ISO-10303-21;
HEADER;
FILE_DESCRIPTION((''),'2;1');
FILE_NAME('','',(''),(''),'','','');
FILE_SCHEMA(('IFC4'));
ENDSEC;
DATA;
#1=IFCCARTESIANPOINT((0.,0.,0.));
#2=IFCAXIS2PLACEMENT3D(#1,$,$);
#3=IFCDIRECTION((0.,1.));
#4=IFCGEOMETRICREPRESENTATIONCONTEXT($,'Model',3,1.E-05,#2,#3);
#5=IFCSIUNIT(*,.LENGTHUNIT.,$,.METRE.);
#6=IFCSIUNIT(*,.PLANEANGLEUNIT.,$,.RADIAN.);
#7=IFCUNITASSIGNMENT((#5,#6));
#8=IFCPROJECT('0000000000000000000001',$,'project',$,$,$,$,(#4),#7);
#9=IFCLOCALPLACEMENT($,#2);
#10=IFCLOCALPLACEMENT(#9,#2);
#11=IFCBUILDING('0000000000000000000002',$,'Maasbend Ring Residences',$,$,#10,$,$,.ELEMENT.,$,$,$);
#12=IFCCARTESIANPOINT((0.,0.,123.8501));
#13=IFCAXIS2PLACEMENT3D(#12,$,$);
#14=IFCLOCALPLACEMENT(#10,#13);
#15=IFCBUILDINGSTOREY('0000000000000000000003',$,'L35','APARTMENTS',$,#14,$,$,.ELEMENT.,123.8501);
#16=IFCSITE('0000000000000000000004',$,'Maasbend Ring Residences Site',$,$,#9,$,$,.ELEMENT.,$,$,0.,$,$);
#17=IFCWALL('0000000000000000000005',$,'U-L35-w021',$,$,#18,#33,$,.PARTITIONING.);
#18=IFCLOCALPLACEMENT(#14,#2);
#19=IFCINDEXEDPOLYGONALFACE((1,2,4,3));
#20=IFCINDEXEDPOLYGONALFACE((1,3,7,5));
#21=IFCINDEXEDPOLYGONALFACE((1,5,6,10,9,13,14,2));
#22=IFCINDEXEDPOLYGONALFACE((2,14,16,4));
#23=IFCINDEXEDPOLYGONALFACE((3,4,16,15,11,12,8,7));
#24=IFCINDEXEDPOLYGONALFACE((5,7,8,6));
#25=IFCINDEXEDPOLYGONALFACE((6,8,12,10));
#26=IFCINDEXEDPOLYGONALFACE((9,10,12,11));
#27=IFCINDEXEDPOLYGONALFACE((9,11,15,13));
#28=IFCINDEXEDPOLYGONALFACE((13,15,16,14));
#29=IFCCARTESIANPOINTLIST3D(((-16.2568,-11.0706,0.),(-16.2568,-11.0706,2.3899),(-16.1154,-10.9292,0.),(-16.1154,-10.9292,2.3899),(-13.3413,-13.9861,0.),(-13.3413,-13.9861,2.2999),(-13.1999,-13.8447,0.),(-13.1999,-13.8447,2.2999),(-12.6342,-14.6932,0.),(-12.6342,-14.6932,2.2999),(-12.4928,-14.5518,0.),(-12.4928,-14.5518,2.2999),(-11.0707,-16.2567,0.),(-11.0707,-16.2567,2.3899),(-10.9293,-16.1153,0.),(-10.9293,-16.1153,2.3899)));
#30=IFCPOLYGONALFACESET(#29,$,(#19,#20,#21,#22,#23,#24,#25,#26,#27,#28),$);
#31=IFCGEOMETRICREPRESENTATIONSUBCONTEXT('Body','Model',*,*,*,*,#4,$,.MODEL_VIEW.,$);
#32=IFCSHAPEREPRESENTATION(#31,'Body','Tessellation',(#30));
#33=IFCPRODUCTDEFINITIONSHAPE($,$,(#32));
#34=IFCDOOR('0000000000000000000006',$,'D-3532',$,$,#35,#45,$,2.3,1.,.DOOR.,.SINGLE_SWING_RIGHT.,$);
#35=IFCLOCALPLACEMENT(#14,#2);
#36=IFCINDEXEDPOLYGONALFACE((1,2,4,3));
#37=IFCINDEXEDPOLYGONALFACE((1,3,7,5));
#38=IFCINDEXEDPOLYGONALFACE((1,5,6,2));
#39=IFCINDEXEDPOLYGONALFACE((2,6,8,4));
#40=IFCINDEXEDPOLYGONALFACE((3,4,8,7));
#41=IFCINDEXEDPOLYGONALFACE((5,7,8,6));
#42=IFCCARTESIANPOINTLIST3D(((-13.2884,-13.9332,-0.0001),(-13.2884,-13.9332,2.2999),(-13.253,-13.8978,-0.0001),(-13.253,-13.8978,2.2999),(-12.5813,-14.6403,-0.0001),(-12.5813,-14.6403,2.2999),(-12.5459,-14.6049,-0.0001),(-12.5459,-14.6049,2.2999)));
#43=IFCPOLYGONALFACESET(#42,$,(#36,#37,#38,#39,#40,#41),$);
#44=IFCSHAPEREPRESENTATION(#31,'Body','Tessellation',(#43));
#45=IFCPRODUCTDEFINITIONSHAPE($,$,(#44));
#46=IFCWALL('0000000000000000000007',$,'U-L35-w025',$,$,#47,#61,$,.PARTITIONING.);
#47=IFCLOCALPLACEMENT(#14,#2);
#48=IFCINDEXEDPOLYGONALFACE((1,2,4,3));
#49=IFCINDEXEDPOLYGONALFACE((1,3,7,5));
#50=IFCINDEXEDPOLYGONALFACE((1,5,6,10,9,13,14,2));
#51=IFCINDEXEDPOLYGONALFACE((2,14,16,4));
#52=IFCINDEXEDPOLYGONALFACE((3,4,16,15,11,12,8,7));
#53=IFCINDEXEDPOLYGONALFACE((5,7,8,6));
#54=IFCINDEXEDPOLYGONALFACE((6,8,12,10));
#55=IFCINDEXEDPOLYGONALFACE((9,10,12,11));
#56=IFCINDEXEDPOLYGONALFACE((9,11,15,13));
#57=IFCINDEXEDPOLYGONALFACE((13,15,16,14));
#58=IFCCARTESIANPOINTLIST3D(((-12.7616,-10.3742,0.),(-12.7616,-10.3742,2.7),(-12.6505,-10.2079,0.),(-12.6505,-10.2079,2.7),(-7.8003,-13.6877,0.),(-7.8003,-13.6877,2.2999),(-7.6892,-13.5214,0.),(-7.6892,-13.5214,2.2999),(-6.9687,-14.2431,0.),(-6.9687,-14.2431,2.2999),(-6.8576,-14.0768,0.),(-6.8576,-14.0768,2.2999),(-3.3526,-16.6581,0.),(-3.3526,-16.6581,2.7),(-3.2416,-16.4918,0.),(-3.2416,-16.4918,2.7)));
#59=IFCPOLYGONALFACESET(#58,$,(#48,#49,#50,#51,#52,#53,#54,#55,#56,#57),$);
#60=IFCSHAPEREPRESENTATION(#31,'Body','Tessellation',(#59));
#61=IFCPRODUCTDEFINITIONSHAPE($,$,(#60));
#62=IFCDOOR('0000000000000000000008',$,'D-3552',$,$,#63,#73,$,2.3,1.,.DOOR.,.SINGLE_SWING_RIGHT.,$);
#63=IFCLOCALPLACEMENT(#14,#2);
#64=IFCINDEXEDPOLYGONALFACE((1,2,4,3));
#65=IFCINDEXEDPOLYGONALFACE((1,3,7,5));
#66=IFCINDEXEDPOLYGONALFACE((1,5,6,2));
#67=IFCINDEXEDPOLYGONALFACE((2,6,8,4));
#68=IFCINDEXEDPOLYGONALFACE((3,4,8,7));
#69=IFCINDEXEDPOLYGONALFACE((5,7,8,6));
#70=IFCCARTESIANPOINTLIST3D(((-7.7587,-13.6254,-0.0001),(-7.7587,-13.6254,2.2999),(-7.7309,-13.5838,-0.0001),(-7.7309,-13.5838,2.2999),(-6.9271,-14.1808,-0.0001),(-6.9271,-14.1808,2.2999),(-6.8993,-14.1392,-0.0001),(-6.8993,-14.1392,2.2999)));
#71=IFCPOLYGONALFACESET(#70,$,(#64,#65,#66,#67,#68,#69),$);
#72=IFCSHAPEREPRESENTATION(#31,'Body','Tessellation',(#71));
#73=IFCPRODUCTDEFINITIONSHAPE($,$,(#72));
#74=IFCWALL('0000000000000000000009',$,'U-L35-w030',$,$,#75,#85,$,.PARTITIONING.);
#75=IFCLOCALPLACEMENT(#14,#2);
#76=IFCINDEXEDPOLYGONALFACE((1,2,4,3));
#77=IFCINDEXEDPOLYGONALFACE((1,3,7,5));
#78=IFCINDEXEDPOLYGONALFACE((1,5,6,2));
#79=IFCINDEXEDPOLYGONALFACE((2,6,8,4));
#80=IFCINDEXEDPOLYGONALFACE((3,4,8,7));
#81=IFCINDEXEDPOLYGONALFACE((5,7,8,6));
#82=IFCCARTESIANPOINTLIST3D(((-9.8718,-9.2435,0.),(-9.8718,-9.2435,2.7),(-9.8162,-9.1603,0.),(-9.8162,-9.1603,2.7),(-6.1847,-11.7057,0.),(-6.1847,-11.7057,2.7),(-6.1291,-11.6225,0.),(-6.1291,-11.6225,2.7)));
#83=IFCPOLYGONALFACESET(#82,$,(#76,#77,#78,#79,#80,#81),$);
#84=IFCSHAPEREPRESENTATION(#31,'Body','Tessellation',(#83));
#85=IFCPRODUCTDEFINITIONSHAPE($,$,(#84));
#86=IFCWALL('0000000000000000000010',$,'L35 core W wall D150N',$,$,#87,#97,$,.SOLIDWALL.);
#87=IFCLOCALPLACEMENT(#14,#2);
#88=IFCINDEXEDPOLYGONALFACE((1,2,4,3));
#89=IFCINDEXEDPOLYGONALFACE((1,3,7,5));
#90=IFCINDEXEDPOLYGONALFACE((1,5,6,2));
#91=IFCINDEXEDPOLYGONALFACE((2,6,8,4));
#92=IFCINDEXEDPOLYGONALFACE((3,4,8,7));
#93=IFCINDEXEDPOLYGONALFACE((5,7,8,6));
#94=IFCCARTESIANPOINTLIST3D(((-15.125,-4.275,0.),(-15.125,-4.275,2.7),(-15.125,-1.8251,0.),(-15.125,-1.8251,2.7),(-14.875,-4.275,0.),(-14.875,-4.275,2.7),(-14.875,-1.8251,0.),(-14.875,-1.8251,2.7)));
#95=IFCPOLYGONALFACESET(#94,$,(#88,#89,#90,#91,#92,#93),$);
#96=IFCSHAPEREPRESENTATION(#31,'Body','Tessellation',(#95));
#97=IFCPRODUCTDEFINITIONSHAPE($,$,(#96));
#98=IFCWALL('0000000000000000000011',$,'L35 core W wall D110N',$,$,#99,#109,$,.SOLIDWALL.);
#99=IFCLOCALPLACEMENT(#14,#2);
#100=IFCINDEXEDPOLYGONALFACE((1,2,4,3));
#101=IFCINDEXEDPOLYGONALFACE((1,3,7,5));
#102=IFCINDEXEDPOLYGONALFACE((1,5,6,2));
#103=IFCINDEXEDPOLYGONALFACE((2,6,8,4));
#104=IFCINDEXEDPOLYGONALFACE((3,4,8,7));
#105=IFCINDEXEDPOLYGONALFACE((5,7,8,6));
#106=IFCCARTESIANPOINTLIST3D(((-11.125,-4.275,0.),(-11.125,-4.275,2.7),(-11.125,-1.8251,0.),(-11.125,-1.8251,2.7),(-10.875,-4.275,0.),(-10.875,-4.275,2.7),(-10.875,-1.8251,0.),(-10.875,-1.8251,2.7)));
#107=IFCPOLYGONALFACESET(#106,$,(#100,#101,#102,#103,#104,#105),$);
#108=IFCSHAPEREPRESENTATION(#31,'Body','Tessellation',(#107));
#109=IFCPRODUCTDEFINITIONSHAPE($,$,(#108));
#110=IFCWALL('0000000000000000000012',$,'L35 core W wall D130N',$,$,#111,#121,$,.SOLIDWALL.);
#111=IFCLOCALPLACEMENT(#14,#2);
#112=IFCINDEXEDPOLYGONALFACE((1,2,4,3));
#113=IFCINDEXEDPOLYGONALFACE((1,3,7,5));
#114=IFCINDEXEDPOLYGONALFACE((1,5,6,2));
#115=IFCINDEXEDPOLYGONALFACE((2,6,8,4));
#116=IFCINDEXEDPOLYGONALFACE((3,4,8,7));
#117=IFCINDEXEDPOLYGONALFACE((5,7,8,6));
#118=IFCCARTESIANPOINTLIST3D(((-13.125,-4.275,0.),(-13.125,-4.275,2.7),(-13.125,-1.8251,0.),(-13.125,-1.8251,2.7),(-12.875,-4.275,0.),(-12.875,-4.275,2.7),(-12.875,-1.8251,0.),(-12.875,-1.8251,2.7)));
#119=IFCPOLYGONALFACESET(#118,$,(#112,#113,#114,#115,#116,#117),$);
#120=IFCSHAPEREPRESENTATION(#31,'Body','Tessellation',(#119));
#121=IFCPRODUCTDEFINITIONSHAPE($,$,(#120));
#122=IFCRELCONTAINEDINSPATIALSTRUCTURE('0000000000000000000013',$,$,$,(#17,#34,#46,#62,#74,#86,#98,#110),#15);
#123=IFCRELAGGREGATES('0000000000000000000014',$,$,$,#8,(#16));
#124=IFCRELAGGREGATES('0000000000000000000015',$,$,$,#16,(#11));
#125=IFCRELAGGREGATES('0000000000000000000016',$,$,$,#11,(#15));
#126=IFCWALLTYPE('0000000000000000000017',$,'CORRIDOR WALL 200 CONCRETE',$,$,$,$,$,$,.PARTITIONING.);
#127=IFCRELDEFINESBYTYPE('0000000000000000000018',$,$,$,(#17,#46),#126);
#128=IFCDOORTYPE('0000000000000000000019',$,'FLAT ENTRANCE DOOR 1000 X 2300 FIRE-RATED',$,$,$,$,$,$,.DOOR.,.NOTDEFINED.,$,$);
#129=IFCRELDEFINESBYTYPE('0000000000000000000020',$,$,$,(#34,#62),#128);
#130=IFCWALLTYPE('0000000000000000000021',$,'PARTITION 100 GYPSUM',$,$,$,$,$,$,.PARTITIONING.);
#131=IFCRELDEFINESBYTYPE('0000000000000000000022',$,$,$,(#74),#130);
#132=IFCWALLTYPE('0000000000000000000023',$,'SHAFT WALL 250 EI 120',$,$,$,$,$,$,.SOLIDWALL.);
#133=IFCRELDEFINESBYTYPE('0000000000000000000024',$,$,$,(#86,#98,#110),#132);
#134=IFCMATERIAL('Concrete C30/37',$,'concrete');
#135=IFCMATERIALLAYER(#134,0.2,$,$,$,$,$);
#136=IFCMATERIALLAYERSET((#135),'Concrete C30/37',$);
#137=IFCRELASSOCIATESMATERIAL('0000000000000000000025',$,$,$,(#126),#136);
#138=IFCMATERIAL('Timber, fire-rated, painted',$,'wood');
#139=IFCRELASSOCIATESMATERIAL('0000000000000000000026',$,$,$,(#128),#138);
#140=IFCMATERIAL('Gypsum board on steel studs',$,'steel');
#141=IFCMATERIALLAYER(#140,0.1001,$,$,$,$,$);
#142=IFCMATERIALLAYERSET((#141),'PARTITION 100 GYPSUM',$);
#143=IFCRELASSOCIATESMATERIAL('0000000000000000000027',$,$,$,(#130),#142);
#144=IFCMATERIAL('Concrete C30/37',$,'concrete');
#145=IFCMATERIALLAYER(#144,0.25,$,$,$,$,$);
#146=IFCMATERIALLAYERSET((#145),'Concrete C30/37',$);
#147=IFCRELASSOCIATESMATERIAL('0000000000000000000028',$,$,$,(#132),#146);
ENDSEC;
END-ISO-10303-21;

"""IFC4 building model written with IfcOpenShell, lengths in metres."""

from ifc_helpers import new_model, si_unit, direction, frame, frame_2d, origin, place, context, subcontext, project, spatial, rectangle, extrude, material, layer, layer_set, type_object, element, fill, save


model = new_model("IFC4")

# Units and contexts
model_context = context("Model", 3, precision=1e-05, world=origin(), true_north=direction((0.0, 1.0)))
body_context = subcontext(model_context, "Body", "Model", "MODEL_VIEW")
ifc_project = project(units=[si_unit("LENGTHUNIT", "METRE"), si_unit("PLANEANGLEUNIT", "RADIAN")], contexts=[model_context])

# Site, building, storey
site_placement = place(None, origin())
site = spatial("IfcSite", under=ifc_project, at=site_placement, Name="Maasbend Ring Residences Site", CompositionType="ELEMENT", RefElevation=0.0)
building_placement = place(site_placement, origin())
building = spatial("IfcBuilding", under=site, at=building_placement, Name="Maasbend Ring Residences", CompositionType="ELEMENT")
storey_placement = place(building_placement, frame((0.0, 0.0, 123.8501)))
storey = spatial("IfcBuildingStorey", under=building, at=storey_placement, Name="L35", Description="APARTMENTS", CompositionType="ELEMENT", Elevation=123.8501)

# Walls, openings, doors
ifc_material_1 = material(Name="Concrete C30/37", Category="concrete")
ifc_layer_1 = layer(ifc_material_1, 0.2)
ifc_layer_set_1 = layer_set([ifc_layer_1], Name="Concrete C30/37")
wall_type_1 = type_object("IfcWallType", Name="CORRIDOR WALL 200 CONCRETE", PredefinedType="PARTITIONING", material=ifc_layer_set_1)
wall_1_placement = place(storey_placement, frame((-16.186, -11.0, 0.0), z_axis=(0.0, 0.0, 1.0), x_axis=(0.707107, -0.707107, 0.0)))
wall_1 = element("IfcWall", 1, at=wall_1_placement, inside=storey, type_object=wall_type_1, Name="U-L35-w021", PredefinedType="PARTITIONING", context=body_context, shape_type="SweptSolid", body=[
    extrude(rectangle(XDim=7.3342, YDim=0.2, at=frame_2d((3.667, 0.0))), origin(), (0.0, 0.0, 1.0), 2.3899),
])
opening_1_placement = place(wall_1_placement, frame((4.123, 0.0, 0.0)))
opening_1 = element("IfcOpeningElement", 2, at=opening_1_placement, cuts=wall_1, PredefinedType="OPENING", context=body_context, shape_type="SweptSolid", body=[
    extrude(rectangle(XDim=1.0, YDim=2.3, at=frame_2d((0.5, 1.1499))), frame((0.0, 0.1099, 0.0), z_axis=(0.0, -1.0, 0.0), x_axis=(1.0, 0.0, 0.0)), (0.0, 0.0, 1.0), 0.22),
])
ifc_material_2 = material(Name="Timber, fire-rated, painted", Category="wood")
door_type_1 = type_object("IfcDoorType", Name="FLAT ENTRANCE DOOR 1000 X 2300 FIRE-RATED", OperationType="NOTDEFINED", PredefinedType="DOOR", material=ifc_material_2)
door_1_placement = place(opening_1_placement, origin())
door_1 = element("IfcDoor", 3, at=door_1_placement, inside=storey, type_object=door_type_1, Name="D-3532", OperationType="SINGLE_SWING_RIGHT", OverallHeight=2.3, OverallWidth=1.0, PredefinedType="DOOR", context=body_context, shape_type="SweptSolid", body=[
    extrude(rectangle(XDim=1.0, YDim=2.3, at=frame_2d((0.5, 1.1499))), frame((0.0, 0.0249, 0.0), z_axis=(0.0, -1.0, 0.0), x_axis=(1.0, 0.0, 0.0)), (0.0, 0.0, 1.0), 0.05),
])
fill(opening_1, door_1)
wall_2_placement = place(storey_placement, frame((-12.7061, -10.291, 0.0), z_axis=(0.0, 0.0, 1.0), x_axis=(0.831589, -0.555392, 0.0)))
wall_2 = element("IfcWall", 4, at=wall_2_placement, inside=storey, type_object=wall_type_1, Name="U-L35-w025", PredefinedType="PARTITIONING", context=body_context, shape_type="SweptSolid", body=[
    extrude(rectangle(XDim=11.3145, YDim=0.2, at=frame_2d((5.6572, 0.0))), origin(), (0.0, 0.0, 1.0), 2.7),
])
opening_2_placement = place(wall_2_placement, frame((5.9661, 0.0, 0.0)))
opening_2 = element("IfcOpeningElement", 5, at=opening_2_placement, cuts=wall_2, PredefinedType="OPENING", context=body_context, shape_type="SweptSolid", body=[
    extrude(rectangle(XDim=1.0, YDim=2.3, at=frame_2d((0.5, 1.1499))), frame((0.0, 0.1099, 0.0), z_axis=(0.0, -1.0, 0.0), x_axis=(1.0, 0.0, 0.0)), (0.0, 0.0, 1.0), 0.22),
])
door_2_placement = place(opening_2_placement, origin())
door_2 = element("IfcDoor", 6, at=door_2_placement, inside=storey, type_object=door_type_1, Name="D-3552", OperationType="SINGLE_SWING_RIGHT", OverallHeight=2.3, OverallWidth=1.0, PredefinedType="DOOR", context=body_context, shape_type="SweptSolid", body=[
    extrude(rectangle(XDim=1.0, YDim=2.3, at=frame_2d((0.5, 1.1499))), frame((0.0, 0.0249, 0.0), z_axis=(0.0, -1.0, 0.0), x_axis=(1.0, 0.0, 0.0)), (0.0, 0.0, 1.0), 0.05),
])
fill(opening_2, door_2)

# Walls
ifc_material_3 = material(Name="Gypsum board on steel studs", Category="steel")
ifc_layer_2 = layer(ifc_material_3, 0.1001)
ifc_layer_set_2 = layer_set([ifc_layer_2], Name="PARTITION 100 GYPSUM")
wall_type_2 = type_object("IfcWallType", Name="PARTITION 100 GYPSUM", PredefinedType="PARTITIONING", material=ifc_layer_set_2)
wall_3_placement = place(storey_placement, frame((-9.844, -9.2019, 0.0), z_axis=(0.0, 0.0, 1.0), x_axis=(0.831618, -0.555348, 0.0)))
element("IfcWall", 7, at=wall_3_placement, inside=storey, type_object=wall_type_2, Name="U-L35-w030", PredefinedType="PARTITIONING", context=body_context, shape_type="SweptSolid", body=[
    extrude(rectangle(XDim=4.4336, YDim=0.1001, at=frame_2d((2.2168, 0.0))), origin(), (0.0, 0.0, 1.0), 2.7),
])
ifc_material_4 = material(Name="Concrete C30/37", Category="concrete")
ifc_layer_3 = layer(ifc_material_4, 0.25)
ifc_layer_set_3 = layer_set([ifc_layer_3], Name="Concrete C30/37")
wall_type_3 = type_object("IfcWallType", Name="SHAFT WALL 250 EI 120", PredefinedType="SOLIDWALL", material=ifc_layer_set_3)
for number, where, z_axis, x_axis, name in (
    (8, (-15.0, -1.825, 0.0), (0.0, 0.0, 1.0), (0.0, -1.0, 0.0), "L35 core W wall D150N"),
    (9, (-11.0, -1.825, 0.0), (0.0, 0.0, 1.0), (0.0, -1.0, 0.0), "L35 core W wall D110N"),
    (10, (-13.0, -1.825, 0.0), (0.0, 0.0, 1.0), (0.0, -1.0, 0.0), "L35 core W wall D130N"),
):
    element("IfcWall", number, at=place(storey_placement, frame(where, z_axis=z_axis, x_axis=x_axis)), inside=storey, type_object=wall_type_3, Name=name, PredefinedType="SOLIDWALL", context=body_context, shape_type="SweptSolid", body=[
        extrude(rectangle(XDim=2.45, YDim=0.25, at=frame_2d((1.2251, 0.0))), origin(), (0.0, 0.0, 1.0), 2.7),
    ])

save(model, "model.ifc")
